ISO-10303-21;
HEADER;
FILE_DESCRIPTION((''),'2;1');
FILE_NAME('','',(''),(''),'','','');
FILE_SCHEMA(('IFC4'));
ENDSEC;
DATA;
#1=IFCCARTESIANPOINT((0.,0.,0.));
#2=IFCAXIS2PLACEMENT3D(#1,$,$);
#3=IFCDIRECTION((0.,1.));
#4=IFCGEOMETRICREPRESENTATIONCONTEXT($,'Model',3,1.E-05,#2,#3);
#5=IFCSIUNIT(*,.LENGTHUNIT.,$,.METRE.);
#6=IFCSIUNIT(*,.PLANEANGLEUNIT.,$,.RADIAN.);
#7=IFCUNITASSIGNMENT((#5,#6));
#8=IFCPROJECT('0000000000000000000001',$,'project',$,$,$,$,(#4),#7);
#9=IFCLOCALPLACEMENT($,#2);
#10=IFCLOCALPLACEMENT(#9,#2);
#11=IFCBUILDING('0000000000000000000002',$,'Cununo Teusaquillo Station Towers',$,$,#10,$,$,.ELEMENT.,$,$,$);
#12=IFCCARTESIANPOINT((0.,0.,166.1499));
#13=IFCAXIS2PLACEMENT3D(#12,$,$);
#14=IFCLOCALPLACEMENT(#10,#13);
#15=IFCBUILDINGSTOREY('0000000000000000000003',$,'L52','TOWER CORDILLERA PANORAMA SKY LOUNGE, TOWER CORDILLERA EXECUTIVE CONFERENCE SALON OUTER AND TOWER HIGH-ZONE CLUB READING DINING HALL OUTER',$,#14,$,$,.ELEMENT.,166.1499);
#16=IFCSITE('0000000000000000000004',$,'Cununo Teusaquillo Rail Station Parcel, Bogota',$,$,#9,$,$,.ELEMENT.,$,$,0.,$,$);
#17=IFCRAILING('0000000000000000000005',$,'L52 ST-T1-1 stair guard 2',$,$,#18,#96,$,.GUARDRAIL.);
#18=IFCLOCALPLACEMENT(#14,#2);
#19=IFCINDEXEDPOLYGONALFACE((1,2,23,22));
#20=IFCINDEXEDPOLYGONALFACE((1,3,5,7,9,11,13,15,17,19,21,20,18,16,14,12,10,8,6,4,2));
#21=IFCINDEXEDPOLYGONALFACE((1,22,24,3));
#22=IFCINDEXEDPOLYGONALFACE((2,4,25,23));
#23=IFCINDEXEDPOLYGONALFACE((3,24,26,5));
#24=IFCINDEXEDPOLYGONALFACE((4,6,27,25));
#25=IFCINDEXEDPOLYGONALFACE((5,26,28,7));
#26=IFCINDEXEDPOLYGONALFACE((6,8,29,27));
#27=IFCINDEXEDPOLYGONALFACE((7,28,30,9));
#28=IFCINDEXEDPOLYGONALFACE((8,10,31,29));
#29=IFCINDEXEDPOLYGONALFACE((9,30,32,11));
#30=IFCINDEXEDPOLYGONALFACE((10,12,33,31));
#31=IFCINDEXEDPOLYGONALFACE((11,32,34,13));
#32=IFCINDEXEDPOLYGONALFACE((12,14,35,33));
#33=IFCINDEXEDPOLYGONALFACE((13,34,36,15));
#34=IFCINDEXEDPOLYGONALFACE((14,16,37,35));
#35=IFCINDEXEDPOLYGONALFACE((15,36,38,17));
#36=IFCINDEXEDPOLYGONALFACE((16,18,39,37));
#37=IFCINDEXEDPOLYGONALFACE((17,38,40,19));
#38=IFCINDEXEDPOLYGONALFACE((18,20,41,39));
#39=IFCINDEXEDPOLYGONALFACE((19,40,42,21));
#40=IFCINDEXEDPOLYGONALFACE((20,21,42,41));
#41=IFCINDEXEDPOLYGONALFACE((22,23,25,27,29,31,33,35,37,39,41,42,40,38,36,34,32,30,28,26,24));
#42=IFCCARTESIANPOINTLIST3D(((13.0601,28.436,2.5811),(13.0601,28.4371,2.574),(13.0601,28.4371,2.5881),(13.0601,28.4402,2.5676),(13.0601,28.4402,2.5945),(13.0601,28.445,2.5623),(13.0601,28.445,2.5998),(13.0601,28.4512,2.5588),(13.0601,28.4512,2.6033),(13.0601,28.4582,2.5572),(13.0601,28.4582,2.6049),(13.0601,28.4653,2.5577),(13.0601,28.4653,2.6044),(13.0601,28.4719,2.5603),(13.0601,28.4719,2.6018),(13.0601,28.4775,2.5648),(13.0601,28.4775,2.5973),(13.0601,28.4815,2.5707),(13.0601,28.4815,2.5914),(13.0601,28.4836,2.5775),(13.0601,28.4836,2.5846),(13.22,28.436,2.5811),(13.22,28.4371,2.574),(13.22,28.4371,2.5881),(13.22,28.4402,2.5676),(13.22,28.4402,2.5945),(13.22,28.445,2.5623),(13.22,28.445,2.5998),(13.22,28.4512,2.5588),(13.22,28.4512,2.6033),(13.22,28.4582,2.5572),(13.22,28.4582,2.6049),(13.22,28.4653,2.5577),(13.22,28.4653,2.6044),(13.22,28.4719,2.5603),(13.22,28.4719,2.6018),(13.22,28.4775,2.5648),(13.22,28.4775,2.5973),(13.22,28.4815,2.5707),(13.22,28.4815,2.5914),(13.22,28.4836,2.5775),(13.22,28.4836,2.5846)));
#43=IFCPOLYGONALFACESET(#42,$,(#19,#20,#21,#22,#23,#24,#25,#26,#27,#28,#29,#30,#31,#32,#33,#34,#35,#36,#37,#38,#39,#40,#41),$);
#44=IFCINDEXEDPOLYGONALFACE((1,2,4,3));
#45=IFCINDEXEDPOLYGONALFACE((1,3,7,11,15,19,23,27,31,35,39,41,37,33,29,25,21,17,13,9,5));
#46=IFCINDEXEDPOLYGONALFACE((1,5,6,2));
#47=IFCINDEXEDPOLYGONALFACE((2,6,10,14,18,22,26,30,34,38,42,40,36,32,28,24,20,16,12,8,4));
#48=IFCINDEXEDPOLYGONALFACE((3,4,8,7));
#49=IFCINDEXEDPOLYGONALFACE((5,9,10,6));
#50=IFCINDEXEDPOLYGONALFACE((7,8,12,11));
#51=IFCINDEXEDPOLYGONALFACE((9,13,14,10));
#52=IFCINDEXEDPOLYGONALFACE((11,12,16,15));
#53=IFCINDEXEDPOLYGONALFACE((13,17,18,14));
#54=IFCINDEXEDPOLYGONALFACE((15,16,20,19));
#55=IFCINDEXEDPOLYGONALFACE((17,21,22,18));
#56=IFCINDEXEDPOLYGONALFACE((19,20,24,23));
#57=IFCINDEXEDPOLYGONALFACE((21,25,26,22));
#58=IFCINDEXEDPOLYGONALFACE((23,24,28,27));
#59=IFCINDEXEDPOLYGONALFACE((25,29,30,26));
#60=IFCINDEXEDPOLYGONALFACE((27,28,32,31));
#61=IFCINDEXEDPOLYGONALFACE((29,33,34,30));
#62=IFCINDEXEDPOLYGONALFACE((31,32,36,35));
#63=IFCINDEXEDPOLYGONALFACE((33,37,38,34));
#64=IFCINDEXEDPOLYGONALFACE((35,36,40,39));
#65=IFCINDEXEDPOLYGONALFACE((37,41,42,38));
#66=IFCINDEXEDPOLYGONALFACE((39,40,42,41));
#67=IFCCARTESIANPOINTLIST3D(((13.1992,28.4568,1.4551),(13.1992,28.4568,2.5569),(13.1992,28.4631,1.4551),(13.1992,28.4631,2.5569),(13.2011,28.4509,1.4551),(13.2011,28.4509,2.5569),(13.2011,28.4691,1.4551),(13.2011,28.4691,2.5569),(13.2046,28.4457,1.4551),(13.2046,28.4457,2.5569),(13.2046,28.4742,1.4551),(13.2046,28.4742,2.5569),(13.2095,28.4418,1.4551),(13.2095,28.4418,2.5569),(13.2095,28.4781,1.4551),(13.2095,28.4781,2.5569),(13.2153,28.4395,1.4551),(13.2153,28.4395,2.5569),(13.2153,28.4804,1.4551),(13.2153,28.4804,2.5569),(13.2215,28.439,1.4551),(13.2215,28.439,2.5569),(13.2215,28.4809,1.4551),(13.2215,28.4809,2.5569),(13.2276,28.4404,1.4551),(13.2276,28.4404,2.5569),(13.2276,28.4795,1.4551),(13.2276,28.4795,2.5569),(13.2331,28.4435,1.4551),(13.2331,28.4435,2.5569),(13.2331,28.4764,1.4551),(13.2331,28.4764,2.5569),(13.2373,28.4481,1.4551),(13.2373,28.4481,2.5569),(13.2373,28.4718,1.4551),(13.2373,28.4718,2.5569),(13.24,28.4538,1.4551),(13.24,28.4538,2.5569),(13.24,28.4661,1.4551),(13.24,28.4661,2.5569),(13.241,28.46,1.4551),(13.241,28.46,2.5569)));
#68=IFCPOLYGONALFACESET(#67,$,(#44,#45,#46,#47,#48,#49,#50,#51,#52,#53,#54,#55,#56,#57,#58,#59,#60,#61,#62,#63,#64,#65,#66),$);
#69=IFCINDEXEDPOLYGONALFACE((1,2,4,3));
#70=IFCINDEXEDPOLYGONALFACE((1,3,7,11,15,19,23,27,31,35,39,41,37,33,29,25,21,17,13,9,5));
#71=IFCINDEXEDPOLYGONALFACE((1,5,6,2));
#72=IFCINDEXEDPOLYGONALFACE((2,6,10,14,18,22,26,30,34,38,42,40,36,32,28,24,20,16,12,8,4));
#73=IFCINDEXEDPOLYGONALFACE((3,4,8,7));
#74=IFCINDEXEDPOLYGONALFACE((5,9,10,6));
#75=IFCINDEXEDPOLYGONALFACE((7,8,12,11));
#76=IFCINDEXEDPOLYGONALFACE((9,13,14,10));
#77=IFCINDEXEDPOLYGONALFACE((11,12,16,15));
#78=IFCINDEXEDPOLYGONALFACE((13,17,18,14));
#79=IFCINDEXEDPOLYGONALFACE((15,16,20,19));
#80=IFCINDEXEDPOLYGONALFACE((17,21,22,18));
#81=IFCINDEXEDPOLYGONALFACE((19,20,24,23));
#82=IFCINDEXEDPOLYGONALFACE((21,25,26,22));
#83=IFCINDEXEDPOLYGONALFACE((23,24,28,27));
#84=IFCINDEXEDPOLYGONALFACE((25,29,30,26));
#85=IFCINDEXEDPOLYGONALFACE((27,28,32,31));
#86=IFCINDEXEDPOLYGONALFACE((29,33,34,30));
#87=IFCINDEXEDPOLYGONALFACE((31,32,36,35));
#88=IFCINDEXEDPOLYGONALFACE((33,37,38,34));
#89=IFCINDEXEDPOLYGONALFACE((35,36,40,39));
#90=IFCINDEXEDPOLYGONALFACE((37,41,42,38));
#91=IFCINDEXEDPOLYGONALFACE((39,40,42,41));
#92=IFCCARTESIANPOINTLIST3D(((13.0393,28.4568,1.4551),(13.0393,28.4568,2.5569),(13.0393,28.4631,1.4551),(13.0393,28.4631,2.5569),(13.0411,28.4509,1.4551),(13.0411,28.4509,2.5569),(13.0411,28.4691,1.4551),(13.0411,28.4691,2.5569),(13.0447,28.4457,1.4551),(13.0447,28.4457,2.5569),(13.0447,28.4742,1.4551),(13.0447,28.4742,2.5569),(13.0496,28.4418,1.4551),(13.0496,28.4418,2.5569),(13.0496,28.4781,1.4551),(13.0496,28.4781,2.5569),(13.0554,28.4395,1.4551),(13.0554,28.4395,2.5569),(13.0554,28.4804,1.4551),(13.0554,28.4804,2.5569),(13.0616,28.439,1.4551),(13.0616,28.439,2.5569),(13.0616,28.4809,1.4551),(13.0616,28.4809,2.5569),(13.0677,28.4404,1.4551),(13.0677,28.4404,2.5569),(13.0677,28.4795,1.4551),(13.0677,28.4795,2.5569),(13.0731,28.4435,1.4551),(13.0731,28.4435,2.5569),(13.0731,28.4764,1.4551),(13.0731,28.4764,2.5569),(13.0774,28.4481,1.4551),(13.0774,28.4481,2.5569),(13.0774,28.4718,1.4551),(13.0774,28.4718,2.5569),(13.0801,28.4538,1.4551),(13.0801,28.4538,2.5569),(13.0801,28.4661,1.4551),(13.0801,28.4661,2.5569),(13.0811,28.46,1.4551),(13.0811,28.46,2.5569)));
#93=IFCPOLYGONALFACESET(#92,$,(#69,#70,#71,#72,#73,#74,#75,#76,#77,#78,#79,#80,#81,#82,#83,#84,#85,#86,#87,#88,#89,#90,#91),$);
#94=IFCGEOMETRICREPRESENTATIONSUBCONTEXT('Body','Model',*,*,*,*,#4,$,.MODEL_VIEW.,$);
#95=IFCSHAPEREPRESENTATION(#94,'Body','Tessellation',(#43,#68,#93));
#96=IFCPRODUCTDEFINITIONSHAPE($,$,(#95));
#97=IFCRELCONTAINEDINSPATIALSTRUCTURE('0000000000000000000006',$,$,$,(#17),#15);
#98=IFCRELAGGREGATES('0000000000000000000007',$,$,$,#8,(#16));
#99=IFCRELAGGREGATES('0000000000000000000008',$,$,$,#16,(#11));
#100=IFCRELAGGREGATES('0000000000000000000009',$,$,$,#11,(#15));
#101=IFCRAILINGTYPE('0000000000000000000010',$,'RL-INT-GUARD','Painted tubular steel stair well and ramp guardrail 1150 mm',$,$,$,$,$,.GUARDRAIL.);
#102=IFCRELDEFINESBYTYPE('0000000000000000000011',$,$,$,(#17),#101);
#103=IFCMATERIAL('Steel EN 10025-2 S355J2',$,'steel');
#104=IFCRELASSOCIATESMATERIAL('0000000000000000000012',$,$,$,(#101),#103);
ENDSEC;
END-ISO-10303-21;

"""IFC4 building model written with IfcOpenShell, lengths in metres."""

from ifc_helpers import new_model, si_unit, direction, frame, origin, origin_2d, place, context, subcontext, project, spatial, circle, extrude, material, type_object, element, save


model = new_model("IFC4")

# Units and contexts
model_context = context("Model", 3, precision=1e-05, world=origin(), true_north=direction((0.0, 1.0)))
body_context = subcontext(model_context, "Body", "Model", "MODEL_VIEW")
ifc_project = project(units=[si_unit("LENGTHUNIT", "METRE"), si_unit("PLANEANGLEUNIT", "RADIAN")], contexts=[model_context])

# Site, building, storey
site_placement = place(None, origin())
site = spatial("IfcSite", under=ifc_project, at=site_placement, Name="Cununo Teusaquillo Rail Station Parcel, Bogota", CompositionType="ELEMENT", RefElevation=0.0)
building_placement = place(site_placement, origin())
building = spatial("IfcBuilding", under=site, at=building_placement, Name="Cununo Teusaquillo Station Towers", CompositionType="ELEMENT")
storey_placement = place(building_placement, frame((0.0, 0.0, 166.1499)))
storey = spatial("IfcBuildingStorey", under=building, at=storey_placement, Name="L52", Description="TOWER CORDILLERA PANORAMA SKY LOUNGE, TOWER CORDILLERA EXECUTIVE CONFERENCE SALON OUTER AND TOWER HIGH-ZONE CLUB READING DINING HALL OUTER", CompositionType="ELEMENT", Elevation=166.1499)

# Railing
ifc_material_1 = material(Name="Steel EN 10025-2 S355J2", Category="steel")
railing_type_1 = type_object("IfcRailingType", Name="RL-INT-GUARD", Description="Painted tubular steel stair well and ramp guardrail 1150 mm", PredefinedType="GUARDRAIL", material=ifc_material_1)
railing_1_placement = place(storey_placement, frame((13.22, 28.46, 1.4551)))
element("IfcRailing", 1, at=railing_1_placement, inside=storey, type_object=railing_type_1, Name="L52 ST-T1-1 stair guard 2", PredefinedType="GUARDRAIL", context=body_context, shape_type="SweptSolid", body=[
    extrude(circle(Radius=0.0239, at=origin_2d()), frame((0.0, 0.0, 1.126), z_axis=(-1.0, 0.0, 0.0), x_axis=(0.0, -1.0, 0.0)), (0.0, 0.0, 1.0), 0.1599),
    extrude(circle(Radius=0.021, at=origin_2d()), origin(), (0.0, 0.0, 1.0), 1.1018),
    extrude(circle(Radius=0.021, at=origin_2d()), frame((-0.1599, 0.0, 0.0)), (0.0, 0.0, 1.0), 1.1018),
])

save(model, "model.ifc")
